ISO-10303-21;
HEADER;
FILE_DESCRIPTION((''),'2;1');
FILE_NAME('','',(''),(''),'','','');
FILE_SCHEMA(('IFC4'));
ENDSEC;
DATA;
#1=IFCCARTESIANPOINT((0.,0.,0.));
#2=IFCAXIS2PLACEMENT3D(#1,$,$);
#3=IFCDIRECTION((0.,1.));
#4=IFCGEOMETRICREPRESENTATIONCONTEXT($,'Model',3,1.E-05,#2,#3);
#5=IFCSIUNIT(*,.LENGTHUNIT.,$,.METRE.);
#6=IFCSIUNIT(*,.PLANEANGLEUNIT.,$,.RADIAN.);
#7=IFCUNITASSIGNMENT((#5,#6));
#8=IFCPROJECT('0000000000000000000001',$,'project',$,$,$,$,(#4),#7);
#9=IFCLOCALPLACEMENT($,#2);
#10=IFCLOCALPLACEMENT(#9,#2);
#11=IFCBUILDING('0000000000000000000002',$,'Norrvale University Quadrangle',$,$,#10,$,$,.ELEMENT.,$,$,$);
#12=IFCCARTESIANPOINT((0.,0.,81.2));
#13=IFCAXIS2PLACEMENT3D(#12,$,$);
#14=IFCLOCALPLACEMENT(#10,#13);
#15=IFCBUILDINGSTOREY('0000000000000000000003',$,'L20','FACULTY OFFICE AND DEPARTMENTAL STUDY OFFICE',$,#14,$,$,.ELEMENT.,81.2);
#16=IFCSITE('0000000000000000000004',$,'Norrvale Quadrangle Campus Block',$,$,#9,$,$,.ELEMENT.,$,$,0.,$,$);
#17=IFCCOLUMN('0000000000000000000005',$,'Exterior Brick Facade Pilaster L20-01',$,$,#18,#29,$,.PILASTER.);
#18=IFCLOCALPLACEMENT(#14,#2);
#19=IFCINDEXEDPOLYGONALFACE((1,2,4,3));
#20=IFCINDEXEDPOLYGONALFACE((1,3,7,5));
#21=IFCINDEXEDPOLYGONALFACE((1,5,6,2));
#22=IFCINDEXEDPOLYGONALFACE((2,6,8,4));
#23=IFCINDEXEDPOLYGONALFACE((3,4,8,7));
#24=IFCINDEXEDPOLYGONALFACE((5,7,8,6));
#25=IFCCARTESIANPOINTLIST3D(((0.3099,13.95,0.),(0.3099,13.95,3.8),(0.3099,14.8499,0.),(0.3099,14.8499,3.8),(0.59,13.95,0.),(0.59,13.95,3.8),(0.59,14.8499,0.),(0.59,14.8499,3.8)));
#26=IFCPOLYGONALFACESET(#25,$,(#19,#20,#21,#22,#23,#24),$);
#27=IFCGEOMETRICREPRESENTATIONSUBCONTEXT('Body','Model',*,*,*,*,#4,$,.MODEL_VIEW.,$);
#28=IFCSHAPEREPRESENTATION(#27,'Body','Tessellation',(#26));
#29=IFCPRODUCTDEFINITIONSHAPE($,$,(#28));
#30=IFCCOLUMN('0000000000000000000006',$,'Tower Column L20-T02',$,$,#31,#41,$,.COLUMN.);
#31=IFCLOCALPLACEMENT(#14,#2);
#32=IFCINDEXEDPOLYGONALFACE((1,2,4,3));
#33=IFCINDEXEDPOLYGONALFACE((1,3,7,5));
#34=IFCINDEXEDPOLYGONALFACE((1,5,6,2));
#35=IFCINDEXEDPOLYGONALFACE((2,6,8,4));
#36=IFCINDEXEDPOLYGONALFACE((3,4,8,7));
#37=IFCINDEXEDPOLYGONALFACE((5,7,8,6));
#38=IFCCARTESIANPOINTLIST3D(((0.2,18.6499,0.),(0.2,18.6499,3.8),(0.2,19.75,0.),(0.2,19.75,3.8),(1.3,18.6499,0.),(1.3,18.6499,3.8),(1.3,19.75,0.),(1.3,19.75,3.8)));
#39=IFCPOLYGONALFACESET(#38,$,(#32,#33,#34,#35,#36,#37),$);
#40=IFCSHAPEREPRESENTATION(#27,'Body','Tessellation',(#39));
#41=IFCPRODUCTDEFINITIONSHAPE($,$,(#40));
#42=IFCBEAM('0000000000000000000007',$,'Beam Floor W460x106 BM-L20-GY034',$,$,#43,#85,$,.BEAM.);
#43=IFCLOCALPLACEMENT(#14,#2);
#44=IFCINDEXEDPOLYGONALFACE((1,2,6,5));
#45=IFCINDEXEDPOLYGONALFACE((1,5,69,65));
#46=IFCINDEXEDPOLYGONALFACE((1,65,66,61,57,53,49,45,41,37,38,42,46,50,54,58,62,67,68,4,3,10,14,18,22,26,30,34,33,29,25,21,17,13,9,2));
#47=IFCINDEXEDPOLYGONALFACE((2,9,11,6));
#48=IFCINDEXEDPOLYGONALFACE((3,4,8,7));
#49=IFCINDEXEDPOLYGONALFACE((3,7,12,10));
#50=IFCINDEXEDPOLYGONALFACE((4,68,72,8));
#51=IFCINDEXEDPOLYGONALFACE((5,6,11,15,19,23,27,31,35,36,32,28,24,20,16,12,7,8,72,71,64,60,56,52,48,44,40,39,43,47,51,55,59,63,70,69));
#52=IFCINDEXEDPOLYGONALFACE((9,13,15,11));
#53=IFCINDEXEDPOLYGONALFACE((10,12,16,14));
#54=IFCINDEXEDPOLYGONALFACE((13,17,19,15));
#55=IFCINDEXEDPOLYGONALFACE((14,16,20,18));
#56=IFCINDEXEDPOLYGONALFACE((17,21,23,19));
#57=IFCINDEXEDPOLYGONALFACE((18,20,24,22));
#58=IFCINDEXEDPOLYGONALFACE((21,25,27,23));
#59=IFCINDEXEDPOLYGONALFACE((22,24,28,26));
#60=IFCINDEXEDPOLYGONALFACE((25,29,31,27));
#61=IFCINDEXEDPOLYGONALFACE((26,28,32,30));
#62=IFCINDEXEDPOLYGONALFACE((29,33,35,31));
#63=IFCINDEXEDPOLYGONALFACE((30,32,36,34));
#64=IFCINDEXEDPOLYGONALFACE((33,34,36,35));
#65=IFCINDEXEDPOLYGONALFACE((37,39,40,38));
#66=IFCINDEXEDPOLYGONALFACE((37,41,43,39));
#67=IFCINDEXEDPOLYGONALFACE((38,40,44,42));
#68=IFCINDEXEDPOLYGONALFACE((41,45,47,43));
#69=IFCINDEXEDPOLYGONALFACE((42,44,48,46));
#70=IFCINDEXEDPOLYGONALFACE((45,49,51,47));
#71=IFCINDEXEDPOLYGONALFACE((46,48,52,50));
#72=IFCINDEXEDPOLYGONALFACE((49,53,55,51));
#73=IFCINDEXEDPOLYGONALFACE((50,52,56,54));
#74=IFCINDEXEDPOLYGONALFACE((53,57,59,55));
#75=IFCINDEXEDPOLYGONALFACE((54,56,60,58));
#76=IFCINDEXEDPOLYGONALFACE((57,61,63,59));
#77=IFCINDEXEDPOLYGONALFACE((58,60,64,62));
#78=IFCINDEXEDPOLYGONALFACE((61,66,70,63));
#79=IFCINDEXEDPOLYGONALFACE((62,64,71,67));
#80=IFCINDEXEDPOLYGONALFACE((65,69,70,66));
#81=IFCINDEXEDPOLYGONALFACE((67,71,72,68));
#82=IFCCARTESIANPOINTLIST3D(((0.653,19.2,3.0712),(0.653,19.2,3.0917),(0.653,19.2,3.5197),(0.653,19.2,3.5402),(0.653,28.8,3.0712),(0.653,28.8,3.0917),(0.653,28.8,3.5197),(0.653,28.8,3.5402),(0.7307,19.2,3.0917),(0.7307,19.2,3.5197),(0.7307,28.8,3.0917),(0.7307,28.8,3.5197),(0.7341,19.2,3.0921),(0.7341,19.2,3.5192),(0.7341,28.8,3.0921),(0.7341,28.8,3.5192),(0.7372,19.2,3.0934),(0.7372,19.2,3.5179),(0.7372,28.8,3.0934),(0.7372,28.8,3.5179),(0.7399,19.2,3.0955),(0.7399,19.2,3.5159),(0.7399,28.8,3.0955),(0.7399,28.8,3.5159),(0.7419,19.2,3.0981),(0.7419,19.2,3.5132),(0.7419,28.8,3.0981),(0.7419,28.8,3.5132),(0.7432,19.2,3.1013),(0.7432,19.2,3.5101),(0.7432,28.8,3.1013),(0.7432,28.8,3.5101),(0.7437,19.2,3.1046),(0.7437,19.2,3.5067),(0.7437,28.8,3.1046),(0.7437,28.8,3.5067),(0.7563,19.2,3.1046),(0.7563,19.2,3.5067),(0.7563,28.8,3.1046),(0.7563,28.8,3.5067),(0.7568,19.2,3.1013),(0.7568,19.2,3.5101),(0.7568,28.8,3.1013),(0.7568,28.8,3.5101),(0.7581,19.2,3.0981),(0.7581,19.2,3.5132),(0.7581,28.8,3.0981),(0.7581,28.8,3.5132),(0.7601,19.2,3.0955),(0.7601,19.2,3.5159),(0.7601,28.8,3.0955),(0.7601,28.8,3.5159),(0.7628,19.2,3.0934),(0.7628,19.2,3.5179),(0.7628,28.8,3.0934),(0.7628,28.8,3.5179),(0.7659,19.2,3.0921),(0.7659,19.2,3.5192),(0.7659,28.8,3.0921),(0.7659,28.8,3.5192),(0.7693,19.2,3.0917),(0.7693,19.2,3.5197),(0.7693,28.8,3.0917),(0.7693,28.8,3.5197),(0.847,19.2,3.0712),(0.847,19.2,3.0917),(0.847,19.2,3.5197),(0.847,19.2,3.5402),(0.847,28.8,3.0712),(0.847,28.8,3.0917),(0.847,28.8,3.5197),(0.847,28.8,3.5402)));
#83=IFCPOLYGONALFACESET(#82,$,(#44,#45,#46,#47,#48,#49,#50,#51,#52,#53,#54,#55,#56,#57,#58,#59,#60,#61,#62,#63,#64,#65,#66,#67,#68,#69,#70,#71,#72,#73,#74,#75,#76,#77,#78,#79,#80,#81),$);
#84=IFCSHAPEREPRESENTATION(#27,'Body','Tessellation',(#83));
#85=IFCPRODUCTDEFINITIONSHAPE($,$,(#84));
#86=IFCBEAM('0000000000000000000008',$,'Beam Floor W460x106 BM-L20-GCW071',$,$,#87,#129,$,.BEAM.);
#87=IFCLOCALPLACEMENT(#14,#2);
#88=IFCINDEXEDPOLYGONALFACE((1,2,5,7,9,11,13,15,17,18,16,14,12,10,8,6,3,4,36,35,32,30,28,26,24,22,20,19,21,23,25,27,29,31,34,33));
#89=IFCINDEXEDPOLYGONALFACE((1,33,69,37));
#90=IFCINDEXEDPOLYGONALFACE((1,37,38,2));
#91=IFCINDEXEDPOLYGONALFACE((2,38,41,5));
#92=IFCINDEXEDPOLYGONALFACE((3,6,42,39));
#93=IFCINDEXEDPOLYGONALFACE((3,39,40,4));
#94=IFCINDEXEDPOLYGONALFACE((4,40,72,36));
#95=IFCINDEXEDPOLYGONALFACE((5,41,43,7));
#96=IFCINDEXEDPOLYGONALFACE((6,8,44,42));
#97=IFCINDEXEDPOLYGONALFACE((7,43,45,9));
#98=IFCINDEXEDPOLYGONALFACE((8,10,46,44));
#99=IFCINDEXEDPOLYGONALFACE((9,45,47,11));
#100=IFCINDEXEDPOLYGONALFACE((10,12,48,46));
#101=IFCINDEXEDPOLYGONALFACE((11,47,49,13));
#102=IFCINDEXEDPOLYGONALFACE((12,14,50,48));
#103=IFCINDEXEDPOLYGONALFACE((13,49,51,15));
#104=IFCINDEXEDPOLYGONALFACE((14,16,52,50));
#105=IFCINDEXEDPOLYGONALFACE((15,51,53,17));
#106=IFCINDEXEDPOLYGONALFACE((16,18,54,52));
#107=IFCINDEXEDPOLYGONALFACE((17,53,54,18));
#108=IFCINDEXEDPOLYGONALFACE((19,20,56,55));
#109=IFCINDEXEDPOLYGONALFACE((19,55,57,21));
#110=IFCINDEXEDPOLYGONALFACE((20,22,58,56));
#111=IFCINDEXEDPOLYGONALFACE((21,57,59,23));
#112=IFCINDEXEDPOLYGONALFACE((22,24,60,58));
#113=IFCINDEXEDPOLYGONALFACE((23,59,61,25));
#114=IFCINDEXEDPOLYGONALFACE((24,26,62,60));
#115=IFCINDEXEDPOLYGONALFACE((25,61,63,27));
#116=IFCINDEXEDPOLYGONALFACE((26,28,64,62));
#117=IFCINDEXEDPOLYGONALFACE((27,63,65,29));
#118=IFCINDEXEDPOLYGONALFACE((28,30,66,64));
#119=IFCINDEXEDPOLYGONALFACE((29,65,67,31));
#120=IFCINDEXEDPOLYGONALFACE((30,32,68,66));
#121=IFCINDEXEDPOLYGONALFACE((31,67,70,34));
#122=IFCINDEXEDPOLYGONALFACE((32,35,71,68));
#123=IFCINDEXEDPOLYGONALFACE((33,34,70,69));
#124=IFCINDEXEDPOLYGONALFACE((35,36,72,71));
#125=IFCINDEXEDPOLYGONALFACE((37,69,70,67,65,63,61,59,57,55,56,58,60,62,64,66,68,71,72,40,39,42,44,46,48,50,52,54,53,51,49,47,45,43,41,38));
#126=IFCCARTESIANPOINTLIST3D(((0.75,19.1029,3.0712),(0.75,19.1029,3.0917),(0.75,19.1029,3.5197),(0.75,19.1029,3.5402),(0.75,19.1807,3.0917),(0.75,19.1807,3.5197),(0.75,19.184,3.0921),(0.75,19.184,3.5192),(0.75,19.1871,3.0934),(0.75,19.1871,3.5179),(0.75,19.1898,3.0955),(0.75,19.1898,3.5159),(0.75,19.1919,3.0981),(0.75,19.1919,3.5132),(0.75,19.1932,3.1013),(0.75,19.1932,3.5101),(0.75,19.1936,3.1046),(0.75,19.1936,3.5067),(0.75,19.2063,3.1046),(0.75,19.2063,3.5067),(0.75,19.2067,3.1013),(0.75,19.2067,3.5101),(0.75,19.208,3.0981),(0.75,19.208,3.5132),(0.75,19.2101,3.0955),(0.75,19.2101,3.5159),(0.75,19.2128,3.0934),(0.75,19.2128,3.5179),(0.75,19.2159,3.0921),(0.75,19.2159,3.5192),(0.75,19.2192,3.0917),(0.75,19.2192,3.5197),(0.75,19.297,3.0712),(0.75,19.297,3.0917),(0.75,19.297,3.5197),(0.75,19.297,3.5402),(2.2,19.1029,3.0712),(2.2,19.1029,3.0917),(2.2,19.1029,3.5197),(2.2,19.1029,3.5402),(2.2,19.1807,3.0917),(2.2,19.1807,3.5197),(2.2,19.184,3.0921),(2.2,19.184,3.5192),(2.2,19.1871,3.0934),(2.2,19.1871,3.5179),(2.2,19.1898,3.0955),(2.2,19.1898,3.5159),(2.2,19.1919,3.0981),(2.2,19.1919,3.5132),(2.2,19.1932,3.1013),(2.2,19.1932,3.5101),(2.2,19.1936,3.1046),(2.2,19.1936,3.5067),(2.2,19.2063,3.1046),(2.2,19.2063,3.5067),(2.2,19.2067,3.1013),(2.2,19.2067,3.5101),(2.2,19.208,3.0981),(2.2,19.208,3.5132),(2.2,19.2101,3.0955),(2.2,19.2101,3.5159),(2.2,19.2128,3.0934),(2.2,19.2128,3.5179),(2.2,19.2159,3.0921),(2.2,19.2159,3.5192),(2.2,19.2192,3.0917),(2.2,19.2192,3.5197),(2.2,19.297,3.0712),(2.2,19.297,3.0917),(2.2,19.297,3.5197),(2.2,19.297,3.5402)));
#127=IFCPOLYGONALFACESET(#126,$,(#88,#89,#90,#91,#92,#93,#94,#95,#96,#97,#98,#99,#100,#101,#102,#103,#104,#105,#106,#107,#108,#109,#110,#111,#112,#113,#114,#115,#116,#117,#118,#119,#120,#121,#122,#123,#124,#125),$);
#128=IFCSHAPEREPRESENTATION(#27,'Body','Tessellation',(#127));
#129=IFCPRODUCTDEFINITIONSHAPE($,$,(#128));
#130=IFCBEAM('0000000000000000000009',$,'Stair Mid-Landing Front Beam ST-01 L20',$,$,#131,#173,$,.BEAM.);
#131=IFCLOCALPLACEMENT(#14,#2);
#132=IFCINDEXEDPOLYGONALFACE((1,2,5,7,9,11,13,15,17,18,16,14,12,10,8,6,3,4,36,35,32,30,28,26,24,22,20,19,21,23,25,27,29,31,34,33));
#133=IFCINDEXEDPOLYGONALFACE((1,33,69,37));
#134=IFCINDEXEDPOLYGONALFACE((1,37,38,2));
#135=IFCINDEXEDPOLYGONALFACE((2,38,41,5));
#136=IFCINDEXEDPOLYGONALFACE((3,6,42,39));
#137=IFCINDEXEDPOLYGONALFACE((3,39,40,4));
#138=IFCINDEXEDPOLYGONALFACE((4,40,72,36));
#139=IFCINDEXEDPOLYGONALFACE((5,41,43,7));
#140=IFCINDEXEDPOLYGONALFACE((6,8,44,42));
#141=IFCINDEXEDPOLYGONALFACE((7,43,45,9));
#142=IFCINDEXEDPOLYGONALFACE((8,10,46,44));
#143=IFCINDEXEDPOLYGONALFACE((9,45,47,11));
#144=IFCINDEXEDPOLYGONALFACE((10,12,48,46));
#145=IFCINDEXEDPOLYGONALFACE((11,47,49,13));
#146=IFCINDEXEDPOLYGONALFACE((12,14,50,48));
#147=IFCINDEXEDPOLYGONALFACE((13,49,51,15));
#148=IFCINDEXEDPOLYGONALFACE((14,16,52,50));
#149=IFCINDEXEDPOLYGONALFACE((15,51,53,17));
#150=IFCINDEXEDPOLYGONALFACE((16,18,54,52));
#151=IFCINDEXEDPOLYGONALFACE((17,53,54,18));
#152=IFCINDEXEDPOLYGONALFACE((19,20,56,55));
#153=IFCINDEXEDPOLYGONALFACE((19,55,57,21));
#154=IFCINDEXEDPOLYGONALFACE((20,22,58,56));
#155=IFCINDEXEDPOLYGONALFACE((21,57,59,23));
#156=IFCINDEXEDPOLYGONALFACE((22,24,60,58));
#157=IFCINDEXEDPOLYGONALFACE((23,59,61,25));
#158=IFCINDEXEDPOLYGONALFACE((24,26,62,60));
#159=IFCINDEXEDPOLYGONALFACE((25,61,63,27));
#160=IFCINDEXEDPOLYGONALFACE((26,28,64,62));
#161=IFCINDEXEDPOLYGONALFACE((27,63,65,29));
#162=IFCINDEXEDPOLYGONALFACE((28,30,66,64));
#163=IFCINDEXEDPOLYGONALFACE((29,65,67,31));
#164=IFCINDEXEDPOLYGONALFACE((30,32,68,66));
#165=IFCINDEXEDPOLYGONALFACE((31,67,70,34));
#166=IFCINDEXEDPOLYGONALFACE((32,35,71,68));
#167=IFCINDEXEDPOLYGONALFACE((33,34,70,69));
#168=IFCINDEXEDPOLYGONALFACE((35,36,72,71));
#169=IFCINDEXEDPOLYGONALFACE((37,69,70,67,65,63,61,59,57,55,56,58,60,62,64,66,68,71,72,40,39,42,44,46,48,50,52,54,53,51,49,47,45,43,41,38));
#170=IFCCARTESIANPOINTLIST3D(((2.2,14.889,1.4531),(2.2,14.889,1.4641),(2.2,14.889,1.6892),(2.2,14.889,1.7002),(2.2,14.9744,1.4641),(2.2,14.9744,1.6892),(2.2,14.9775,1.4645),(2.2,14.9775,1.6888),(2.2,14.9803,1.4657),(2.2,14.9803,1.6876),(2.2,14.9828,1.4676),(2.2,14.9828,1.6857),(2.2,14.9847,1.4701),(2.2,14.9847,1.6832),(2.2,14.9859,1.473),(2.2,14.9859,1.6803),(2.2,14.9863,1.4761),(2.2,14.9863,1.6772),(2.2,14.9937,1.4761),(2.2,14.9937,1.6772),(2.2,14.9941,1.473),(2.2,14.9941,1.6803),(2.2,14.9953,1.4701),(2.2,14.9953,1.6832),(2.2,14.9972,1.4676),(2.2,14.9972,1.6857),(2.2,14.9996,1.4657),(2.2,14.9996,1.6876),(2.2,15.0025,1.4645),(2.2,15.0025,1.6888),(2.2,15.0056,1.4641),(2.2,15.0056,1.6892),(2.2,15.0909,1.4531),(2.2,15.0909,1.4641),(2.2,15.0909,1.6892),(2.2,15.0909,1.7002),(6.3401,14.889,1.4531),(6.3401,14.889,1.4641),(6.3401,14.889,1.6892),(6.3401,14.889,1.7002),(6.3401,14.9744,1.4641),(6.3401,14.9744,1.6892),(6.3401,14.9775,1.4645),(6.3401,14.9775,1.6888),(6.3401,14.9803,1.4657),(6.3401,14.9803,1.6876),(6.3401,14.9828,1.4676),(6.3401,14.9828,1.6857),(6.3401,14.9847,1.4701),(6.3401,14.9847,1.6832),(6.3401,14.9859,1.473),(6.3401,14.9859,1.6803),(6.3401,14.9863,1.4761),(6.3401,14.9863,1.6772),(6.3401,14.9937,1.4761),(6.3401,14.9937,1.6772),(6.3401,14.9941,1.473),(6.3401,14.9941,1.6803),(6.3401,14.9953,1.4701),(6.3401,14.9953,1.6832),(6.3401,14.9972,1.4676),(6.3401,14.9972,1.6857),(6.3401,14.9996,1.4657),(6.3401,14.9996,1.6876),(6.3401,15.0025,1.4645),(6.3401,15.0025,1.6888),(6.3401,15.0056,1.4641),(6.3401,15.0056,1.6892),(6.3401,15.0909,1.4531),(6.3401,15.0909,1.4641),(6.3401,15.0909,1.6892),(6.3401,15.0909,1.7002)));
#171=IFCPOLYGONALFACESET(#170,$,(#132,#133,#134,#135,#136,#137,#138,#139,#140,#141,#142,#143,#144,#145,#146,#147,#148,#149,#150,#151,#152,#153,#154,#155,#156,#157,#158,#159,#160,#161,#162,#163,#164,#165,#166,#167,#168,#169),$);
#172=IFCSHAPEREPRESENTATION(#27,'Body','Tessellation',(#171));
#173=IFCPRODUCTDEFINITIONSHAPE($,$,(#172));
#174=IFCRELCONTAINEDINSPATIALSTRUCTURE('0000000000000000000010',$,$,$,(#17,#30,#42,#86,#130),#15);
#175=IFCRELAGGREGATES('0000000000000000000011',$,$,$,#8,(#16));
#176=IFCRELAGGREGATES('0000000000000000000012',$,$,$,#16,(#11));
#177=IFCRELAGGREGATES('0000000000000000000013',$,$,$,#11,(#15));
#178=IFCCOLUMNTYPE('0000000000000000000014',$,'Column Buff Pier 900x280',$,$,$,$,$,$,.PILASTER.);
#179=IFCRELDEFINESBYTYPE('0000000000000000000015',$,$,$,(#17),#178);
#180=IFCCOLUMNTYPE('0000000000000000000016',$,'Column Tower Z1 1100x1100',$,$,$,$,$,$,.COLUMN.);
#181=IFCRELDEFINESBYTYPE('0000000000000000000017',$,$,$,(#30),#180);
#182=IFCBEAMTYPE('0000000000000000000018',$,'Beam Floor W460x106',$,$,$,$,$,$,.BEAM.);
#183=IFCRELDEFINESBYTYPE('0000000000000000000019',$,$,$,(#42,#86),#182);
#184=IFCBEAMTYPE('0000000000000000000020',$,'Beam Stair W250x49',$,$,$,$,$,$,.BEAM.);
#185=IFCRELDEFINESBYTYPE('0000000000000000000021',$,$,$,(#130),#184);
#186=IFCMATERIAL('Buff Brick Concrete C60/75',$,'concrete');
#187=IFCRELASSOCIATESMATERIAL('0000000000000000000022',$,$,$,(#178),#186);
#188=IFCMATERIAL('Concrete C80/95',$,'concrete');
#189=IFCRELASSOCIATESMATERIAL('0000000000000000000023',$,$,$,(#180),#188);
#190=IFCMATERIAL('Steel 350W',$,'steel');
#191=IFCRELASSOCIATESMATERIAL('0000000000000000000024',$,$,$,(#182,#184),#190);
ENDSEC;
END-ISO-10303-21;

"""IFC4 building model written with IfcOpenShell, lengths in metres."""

from ifc_helpers import new_model, si_unit, direction, frame, origin, origin_2d, place, context, subcontext, project, spatial, rectangle, i_section, extrude, material, material_profile, profile_set, type_object, element, save


model = new_model("IFC4")

# Units and contexts
model_context = context("Model", 3, precision=1e-05, world=origin(), true_north=direction((0.0, 1.0)))
body_context = subcontext(model_context, "Body", "Model", "MODEL_VIEW")
ifc_project = project(units=[si_unit("LENGTHUNIT", "METRE"), si_unit("PLANEANGLEUNIT", "RADIAN")], contexts=[model_context])

# Site, building, storey
site_placement = place(None, origin())
site = spatial("IfcSite", under=ifc_project, at=site_placement, Name="Norrvale Quadrangle Campus Block", CompositionType="ELEMENT", RefElevation=0.0)
building_placement = place(site_placement, origin())
building = spatial("IfcBuilding", under=site, at=building_placement, Name="Norrvale University Quadrangle", CompositionType="ELEMENT")
storey_placement = place(building_placement, frame((0.0, 0.0, 81.2)))
storey = spatial("IfcBuildingStorey", under=building, at=storey_placement, Name="L20", Description="FACULTY OFFICE AND DEPARTMENTAL STUDY OFFICE", CompositionType="ELEMENT", Elevation=81.2)

# Columns
ifc_material_1 = material(Name="Buff Brick Concrete C60/75", Category="concrete")
ifc_material_profile_1 = material_profile(ifc_material_1, rectangle(XDim=0.8999, YDim=0.28, at=origin_2d()), Name="Buff Brick Concrete C60/75")
ifc_profile_set_1 = profile_set([ifc_material_profile_1], Name="Buff Brick Concrete C60/75")
column_type_1 = type_object("IfcColumnType", Name="Column Buff Pier 900x280", PredefinedType="PILASTER", material=ifc_profile_set_1)
column_1_placement = place(storey_placement, frame((0.45, 14.3999, 0.0), z_axis=(0.0, 0.0, 1.0), x_axis=(0.0, 1.0, 0.0)))
element("IfcColumn", 1, at=column_1_placement, inside=storey, type_object=column_type_1, Name="Exterior Brick Facade Pilaster L20-01", PredefinedType="PILASTER", context=body_context, shape_type="SweptSolid", body=[
    extrude(rectangle(XDim=0.8999, YDim=0.28, at=origin_2d()), origin(), (0.0, 0.0, 1.0), 3.8),
])
ifc_material_2 = material(Name="Concrete C80/95", Category="concrete")
ifc_material_profile_2 = material_profile(ifc_material_2, rectangle(XDim=1.1001, YDim=1.1001, at=origin_2d()), Name="Concrete C80/95")
ifc_profile_set_2 = profile_set([ifc_material_profile_2], Name="Concrete C80/95")
column_type_2 = type_object("IfcColumnType", Name="Column Tower Z1 1100x1100", PredefinedType="COLUMN", material=ifc_profile_set_2)
column_2_placement = place(storey_placement, frame((0.75, 19.2, 0.0), z_axis=(0.0, 0.0, 1.0), x_axis=(1.0, 0.0, 0.0)))
element("IfcColumn", 2, at=column_2_placement, inside=storey, type_object=column_type_2, Name="Tower Column L20-T02", PredefinedType="COLUMN", context=body_context, shape_type="SweptSolid", body=[
    extrude(rectangle(XDim=1.1001, YDim=1.1001, at=origin_2d()), origin(), (0.0, 0.0, 1.0), 3.8),
])

# Beams
ifc_material_3 = material(Name="Steel 350W", Category="steel")
ifc_material_profile_3 = material_profile(ifc_material_3, i_section(OverallWidth=0.1941, OverallDepth=0.469, WebThickness=0.0127, FlangeThickness=0.0205, FilletRadius=0.0129, at=origin_2d()), Name="Steel 350W")
ifc_profile_set_3 = profile_set([ifc_material_profile_3], Name="Steel 350W")
beam_type_1 = type_object("IfcBeamType", Name="Beam Floor W460x106", PredefinedType="BEAM", material=ifc_profile_set_3)
beam_1_placement = place(storey_placement, frame((0.75, 19.2, 3.3057), z_axis=(0.0, 1.0, 0.0), x_axis=(-1.0, 0.0, 0.0)))
element("IfcBeam", 3, at=beam_1_placement, inside=storey, type_object=beam_type_1, Name="Beam Floor W460x106 BM-L20-GY034", PredefinedType="BEAM", context=body_context, shape_type="SweptSolid", body=[
    extrude(i_section(OverallWidth=0.1941, OverallDepth=0.469, WebThickness=0.0127, FlangeThickness=0.0205, FilletRadius=0.0129, at=origin_2d()), origin(), (0.0, 0.0, 1.0), 9.6001),
])
beam_2_placement = place(storey_placement, frame((0.75, 19.2, 3.3057), z_axis=(1.0, 0.0, 0.0), x_axis=(0.0, 1.0, 0.0)))
element("IfcBeam", 4, at=beam_2_placement, inside=storey, type_object=beam_type_1, Name="Beam Floor W460x106 BM-L20-GCW071", PredefinedType="BEAM", context=body_context, shape_type="SweptSolid", body=[
    extrude(i_section(OverallWidth=0.1941, OverallDepth=0.469, WebThickness=0.0127, FlangeThickness=0.0205, FilletRadius=0.0129, at=origin_2d()), origin(), (0.0, 0.0, 1.0), 1.45),
])
ifc_material_profile_4 = material_profile(ifc_material_3, i_section(OverallWidth=0.2019, OverallDepth=0.2471, WebThickness=0.0073, FlangeThickness=0.011, FilletRadius=0.012, at=origin_2d()), Name="Steel 350W")
ifc_profile_set_4 = profile_set([ifc_material_profile_4], Name="Steel 350W")
beam_type_2 = type_object("IfcBeamType", Name="Beam Stair W250x49", PredefinedType="BEAM", material=ifc_profile_set_4)
for number, where, z_axis, x_axis, name in (
    (5, (2.2, 14.99, 1.5767), (1.0, 0.0, 0.0), (0.0, 1.0, 0.0), "Stair Mid-Landing Front Beam ST-01 L20"),
):
    element("IfcBeam", number, at=place(storey_placement, frame(where, z_axis=z_axis, x_axis=x_axis)), inside=storey, type_object=beam_type_2, Name=name, PredefinedType="BEAM", context=body_context, shape_type="SweptSolid", body=[
        extrude(i_section(OverallWidth=0.2019, OverallDepth=0.2471, WebThickness=0.0073, FlangeThickness=0.011, FilletRadius=0.012, at=origin_2d()), origin(), (0.0, 0.0, 1.0), 4.1401),
    ])

save(model, "model.ifc")
